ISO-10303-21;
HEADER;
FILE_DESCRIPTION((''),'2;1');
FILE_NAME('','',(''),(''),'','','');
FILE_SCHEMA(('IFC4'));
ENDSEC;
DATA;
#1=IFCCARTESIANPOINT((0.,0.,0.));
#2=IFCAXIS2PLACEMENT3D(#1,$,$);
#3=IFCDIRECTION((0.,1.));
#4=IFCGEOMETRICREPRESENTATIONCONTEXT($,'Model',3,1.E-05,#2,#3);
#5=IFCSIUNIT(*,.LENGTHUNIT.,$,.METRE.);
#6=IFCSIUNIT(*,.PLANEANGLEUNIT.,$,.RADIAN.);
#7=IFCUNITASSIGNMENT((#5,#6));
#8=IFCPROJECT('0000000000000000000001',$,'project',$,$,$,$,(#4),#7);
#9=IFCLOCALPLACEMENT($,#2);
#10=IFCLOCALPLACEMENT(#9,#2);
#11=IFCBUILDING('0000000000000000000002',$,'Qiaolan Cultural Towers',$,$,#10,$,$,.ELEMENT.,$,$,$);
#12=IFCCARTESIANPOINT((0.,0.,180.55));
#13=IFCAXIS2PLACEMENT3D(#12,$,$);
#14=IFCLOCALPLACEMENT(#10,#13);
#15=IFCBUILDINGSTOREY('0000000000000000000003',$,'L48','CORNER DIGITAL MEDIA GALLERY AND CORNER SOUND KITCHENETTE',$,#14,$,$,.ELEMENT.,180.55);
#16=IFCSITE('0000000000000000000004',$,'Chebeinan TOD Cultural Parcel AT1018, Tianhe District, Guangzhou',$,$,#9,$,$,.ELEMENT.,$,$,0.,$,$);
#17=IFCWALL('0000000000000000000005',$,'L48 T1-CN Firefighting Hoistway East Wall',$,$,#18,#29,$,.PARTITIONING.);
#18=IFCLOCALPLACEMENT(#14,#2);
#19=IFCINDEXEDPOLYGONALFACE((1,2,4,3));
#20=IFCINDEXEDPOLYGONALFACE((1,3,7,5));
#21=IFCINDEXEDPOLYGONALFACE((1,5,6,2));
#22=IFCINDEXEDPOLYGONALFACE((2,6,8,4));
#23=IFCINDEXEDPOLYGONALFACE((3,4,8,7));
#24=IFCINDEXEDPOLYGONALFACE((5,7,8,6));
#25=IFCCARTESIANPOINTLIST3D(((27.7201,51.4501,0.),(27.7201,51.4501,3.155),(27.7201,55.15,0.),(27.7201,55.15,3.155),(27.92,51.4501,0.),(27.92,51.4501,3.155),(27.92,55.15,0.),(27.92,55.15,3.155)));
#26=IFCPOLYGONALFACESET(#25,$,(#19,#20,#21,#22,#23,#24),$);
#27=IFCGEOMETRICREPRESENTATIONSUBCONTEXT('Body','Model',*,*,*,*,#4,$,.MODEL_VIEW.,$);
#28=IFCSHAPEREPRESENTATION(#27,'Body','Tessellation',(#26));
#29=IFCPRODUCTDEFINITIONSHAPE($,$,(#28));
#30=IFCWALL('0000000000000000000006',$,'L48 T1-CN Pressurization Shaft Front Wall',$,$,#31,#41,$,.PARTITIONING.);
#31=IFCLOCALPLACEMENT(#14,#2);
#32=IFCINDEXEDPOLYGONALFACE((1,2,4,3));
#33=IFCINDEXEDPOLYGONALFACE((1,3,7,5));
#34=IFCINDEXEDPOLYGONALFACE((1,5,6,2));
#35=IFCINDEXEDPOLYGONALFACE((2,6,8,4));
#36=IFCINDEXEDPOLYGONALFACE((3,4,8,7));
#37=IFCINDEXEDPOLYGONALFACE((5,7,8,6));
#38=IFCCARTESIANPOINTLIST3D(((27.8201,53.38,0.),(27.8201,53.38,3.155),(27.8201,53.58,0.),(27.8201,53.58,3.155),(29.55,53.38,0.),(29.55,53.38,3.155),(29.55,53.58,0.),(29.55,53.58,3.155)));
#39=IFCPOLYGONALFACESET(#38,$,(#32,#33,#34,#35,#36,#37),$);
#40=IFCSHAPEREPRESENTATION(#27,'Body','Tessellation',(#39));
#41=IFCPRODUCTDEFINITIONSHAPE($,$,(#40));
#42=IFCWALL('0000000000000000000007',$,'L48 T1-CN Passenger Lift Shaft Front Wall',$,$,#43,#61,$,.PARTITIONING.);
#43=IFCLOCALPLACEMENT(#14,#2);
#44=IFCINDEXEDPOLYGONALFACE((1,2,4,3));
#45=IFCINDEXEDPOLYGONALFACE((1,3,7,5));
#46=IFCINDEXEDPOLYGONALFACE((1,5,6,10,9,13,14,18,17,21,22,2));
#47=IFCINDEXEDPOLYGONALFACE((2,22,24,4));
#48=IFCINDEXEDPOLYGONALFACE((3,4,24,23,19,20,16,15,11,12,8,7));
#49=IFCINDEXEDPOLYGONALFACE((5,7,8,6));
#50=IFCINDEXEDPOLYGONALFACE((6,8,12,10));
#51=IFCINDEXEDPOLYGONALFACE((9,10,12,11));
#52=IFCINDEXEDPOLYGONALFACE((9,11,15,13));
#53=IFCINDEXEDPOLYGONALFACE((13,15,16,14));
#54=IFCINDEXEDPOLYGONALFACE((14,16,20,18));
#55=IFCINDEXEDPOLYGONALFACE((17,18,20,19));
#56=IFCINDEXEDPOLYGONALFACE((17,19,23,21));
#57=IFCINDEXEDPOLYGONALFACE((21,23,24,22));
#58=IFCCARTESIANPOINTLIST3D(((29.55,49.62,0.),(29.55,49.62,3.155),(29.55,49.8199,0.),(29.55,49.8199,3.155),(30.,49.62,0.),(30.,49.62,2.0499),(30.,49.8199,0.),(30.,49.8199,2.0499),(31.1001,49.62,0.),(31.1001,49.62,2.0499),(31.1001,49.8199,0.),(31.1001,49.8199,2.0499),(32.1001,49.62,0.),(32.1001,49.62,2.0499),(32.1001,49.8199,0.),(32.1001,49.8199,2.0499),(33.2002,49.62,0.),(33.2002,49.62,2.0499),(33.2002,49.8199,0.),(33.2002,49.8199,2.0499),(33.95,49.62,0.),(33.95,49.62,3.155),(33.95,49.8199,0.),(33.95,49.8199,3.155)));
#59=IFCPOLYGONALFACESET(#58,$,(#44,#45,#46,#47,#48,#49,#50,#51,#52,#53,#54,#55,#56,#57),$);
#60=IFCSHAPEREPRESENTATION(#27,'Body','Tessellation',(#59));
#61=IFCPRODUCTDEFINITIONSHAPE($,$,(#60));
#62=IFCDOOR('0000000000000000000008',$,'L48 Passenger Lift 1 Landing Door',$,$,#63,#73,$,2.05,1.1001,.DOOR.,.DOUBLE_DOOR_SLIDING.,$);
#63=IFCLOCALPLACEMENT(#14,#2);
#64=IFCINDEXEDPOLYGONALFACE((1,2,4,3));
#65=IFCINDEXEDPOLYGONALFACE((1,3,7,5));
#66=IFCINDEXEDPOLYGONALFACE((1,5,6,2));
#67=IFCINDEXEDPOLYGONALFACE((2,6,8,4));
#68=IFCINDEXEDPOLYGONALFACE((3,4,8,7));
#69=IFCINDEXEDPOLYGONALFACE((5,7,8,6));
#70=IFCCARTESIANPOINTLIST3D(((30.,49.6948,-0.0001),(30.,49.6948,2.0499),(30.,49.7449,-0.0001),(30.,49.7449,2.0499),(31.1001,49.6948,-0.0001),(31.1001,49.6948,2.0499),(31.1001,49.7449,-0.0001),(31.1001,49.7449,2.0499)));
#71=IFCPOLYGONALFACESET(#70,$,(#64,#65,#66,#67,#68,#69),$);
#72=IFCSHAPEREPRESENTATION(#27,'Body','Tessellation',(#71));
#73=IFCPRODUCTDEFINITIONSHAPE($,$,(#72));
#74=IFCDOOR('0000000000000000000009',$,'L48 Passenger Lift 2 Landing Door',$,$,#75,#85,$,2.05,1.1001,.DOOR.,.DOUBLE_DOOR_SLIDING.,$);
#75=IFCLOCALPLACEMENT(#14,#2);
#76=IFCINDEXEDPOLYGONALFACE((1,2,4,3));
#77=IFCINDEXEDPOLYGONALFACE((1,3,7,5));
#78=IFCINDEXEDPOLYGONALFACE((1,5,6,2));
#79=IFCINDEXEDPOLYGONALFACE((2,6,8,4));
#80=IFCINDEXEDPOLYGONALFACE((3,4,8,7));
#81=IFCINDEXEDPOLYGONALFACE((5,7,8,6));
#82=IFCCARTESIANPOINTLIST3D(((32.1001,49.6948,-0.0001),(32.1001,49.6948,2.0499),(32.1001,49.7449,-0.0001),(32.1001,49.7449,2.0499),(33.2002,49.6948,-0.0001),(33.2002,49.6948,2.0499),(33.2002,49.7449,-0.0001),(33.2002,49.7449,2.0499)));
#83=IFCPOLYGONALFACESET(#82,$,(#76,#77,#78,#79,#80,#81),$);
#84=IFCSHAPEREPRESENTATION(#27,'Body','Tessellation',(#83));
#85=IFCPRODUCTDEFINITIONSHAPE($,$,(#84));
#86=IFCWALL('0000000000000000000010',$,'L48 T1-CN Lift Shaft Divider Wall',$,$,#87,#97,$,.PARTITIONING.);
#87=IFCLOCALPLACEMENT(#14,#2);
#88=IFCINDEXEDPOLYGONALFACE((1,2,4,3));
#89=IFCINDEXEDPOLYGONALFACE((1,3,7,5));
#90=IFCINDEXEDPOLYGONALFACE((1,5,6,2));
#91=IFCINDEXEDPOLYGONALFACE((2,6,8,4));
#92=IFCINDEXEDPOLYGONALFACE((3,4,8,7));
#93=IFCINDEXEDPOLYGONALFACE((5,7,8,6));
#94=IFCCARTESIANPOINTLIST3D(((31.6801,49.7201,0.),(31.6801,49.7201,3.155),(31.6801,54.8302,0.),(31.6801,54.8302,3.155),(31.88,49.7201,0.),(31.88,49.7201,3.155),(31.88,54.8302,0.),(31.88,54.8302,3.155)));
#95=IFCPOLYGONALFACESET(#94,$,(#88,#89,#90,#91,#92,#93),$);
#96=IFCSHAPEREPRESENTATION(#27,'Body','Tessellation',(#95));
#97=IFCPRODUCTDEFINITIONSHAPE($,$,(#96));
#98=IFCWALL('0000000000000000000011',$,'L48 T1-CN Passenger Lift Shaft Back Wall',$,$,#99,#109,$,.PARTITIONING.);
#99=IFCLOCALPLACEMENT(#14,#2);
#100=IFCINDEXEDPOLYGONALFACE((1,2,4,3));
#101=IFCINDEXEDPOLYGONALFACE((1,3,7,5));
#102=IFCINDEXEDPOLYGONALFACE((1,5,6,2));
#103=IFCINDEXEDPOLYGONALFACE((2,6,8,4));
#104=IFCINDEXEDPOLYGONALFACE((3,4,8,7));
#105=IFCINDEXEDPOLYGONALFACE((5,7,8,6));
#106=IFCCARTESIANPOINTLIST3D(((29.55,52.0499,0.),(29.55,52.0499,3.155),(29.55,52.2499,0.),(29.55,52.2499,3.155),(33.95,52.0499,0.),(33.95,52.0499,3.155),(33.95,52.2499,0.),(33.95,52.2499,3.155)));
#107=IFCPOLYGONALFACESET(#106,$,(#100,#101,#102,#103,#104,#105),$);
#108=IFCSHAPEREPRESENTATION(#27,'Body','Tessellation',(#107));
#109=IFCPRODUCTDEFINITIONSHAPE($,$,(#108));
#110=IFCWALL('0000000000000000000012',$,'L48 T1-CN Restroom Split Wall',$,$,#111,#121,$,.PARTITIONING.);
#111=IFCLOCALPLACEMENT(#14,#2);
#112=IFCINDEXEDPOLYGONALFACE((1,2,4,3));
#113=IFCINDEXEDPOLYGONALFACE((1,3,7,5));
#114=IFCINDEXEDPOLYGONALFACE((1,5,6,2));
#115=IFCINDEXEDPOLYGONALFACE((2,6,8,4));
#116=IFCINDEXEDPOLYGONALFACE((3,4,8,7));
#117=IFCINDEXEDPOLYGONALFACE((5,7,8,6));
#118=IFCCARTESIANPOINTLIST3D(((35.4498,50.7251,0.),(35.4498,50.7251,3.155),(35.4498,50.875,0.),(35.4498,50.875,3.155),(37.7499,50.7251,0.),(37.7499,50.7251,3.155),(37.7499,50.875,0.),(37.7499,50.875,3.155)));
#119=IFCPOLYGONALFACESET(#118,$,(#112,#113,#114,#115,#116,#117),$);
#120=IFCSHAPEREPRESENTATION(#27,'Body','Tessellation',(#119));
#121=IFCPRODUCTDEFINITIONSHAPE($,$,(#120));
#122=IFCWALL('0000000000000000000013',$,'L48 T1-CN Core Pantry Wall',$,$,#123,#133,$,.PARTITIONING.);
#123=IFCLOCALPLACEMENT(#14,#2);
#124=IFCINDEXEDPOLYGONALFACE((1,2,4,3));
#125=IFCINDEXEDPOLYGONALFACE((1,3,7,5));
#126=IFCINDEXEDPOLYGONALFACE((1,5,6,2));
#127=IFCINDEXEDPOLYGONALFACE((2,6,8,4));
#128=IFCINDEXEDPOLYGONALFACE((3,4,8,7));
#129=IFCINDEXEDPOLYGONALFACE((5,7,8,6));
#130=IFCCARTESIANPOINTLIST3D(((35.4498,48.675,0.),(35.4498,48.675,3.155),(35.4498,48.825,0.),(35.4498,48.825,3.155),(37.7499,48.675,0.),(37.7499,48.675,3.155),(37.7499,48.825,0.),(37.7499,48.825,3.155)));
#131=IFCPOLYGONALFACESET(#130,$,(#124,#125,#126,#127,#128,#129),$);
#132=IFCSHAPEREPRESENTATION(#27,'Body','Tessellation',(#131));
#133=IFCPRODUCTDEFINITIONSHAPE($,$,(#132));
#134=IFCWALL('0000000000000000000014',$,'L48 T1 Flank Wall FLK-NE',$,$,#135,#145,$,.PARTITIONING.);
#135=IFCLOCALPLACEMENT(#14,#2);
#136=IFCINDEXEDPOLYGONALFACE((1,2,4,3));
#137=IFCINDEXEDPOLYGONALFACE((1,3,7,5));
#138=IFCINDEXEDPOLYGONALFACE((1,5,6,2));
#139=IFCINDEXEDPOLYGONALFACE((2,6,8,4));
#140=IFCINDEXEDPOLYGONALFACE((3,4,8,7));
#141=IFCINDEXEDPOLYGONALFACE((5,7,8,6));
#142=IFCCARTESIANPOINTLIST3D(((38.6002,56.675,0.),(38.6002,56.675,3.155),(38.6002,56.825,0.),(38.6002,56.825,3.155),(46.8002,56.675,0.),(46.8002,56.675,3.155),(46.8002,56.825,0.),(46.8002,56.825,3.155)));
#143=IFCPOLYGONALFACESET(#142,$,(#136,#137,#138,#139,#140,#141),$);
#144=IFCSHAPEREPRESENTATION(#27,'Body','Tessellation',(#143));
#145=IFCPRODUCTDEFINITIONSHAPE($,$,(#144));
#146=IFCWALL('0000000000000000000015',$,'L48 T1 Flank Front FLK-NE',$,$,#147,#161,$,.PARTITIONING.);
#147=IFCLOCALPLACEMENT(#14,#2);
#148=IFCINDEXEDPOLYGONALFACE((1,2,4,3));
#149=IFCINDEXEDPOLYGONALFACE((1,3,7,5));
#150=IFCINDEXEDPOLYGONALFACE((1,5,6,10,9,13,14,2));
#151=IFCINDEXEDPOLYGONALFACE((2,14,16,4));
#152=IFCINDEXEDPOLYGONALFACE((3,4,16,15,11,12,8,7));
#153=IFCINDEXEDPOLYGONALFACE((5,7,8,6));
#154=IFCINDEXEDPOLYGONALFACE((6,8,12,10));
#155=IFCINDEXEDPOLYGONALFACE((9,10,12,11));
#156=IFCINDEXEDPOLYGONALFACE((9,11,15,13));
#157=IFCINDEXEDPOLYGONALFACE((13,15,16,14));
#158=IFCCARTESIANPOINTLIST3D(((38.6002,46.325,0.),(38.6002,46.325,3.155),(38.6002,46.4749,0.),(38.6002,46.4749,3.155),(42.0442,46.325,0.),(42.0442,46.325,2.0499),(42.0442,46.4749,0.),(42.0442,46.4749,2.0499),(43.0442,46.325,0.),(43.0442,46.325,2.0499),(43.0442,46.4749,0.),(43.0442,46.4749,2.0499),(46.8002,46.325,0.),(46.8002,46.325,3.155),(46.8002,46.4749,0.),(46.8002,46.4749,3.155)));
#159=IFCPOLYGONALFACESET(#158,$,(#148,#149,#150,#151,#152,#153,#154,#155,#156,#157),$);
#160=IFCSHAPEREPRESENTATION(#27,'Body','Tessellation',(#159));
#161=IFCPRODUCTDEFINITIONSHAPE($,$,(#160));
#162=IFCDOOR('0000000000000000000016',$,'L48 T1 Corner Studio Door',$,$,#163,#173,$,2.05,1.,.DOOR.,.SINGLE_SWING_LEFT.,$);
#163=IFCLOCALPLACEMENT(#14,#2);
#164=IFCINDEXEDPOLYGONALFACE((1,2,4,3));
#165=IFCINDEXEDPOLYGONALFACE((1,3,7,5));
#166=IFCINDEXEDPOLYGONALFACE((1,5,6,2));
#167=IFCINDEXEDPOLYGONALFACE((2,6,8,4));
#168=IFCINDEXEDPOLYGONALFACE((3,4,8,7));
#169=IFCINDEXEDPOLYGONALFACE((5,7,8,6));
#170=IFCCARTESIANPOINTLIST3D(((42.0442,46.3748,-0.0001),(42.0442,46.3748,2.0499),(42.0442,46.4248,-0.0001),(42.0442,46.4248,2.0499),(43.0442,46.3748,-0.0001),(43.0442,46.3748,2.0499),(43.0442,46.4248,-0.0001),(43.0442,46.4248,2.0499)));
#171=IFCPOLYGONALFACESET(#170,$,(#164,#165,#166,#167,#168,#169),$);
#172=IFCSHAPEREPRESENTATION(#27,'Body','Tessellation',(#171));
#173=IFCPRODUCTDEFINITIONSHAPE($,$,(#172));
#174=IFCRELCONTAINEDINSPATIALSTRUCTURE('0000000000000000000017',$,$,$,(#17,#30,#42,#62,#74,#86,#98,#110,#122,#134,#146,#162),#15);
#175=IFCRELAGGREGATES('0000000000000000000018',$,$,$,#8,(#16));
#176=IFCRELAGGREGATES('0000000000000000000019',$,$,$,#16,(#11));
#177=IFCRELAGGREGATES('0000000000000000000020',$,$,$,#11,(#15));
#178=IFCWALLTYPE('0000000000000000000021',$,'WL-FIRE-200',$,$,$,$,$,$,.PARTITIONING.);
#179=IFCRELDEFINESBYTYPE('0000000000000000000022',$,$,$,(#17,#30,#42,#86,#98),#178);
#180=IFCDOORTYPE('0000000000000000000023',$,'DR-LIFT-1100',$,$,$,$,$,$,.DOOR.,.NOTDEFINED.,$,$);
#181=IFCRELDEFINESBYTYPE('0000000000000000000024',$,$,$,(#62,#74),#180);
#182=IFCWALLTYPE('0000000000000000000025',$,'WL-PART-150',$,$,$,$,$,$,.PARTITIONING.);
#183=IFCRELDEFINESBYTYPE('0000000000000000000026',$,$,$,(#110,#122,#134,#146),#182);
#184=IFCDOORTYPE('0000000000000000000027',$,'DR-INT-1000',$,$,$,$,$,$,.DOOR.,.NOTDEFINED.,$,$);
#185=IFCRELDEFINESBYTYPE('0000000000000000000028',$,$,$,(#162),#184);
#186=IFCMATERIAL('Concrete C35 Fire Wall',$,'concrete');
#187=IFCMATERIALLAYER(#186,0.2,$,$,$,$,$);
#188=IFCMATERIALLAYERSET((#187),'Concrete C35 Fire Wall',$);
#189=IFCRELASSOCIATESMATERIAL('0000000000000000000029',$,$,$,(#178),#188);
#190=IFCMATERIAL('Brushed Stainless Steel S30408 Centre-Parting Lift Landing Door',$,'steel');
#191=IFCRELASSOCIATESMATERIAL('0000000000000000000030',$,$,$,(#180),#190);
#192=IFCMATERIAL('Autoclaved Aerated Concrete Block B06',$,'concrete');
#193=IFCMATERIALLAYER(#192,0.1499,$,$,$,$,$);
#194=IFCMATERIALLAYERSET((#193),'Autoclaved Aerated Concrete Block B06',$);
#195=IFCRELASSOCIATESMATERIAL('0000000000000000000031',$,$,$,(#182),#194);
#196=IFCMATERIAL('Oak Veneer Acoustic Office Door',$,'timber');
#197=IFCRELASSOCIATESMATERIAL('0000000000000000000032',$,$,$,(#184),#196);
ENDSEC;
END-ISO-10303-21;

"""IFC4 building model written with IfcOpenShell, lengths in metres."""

from ifc_helpers import new_model, si_unit, direction, frame, frame_2d, origin, place, context, subcontext, project, spatial, rectangle, extrude, material, layer, layer_set, type_object, element, fill, save


model = new_model("IFC4")

# Units and contexts
model_context = context("Model", 3, precision=1e-05, world=origin(), true_north=direction((0.0, 1.0)))
body_context = subcontext(model_context, "Body", "Model", "MODEL_VIEW")
ifc_project = project(units=[si_unit("LENGTHUNIT", "METRE"), si_unit("PLANEANGLEUNIT", "RADIAN")], contexts=[model_context])

# Site, building, storey
site_placement = place(None, origin())
site = spatial("IfcSite", under=ifc_project, at=site_placement, Name="Chebeinan TOD Cultural Parcel AT1018, Tianhe District, Guangzhou", CompositionType="ELEMENT", RefElevation=0.0)
building_placement = place(site_placement, origin())
building = spatial("IfcBuilding", under=site, at=building_placement, Name="Qiaolan Cultural Towers", CompositionType="ELEMENT")
storey_placement = place(building_placement, frame((0.0, 0.0, 180.55)))
storey = spatial("IfcBuildingStorey", under=building, at=storey_placement, Name="L48", Description="CORNER DIGITAL MEDIA GALLERY AND CORNER SOUND KITCHENETTE", CompositionType="ELEMENT", Elevation=180.55)

# Shared definitions
ifc_material_1 = material(Name="Concrete C35 Fire Wall", Category="concrete")
ifc_layer_1 = layer(ifc_material_1, 0.2)
ifc_layer_set_1 = layer_set([ifc_layer_1], Name="Concrete C35 Fire Wall")
wall_type_1 = type_object("IfcWallType", Name="WL-FIRE-200", PredefinedType="PARTITIONING", material=ifc_layer_set_1)
ifc_material_2 = material(Name="Brushed Stainless Steel S30408 Centre-Parting Lift Landing Door", Category="steel")
door_type_1 = type_object("IfcDoorType", Name="DR-LIFT-1100", OperationType="NOTDEFINED", PredefinedType="DOOR", material=ifc_material_2)

# Walls
wall_1_placement = place(storey_placement, frame((27.8201, 51.45, 0.0), z_axis=(0.0, 0.0, 1.0), x_axis=(0.0, 1.0, 0.0)))
element("IfcWall", 1, at=wall_1_placement, inside=storey, type_object=wall_type_1, Name="L48 T1-CN Firefighting Hoistway East Wall", PredefinedType="PARTITIONING", context=body_context, shape_type="SweptSolid", body=[
    extrude(rectangle(XDim=3.7, YDim=0.2, at=frame_2d((1.8501, 0.0))), origin(), (0.0, 0.0, 1.0), 3.155),
])
wall_2_placement = place(storey_placement, frame((27.8201, 53.48, 0.0), z_axis=(0.0, 0.0, 1.0), x_axis=(1.0, 0.0, 0.0)))
element("IfcWall", 2, at=wall_2_placement, inside=storey, type_object=wall_type_1, Name="L48 T1-CN Pressurization Shaft Front Wall", PredefinedType="PARTITIONING", context=body_context, shape_type="SweptSolid", body=[
    extrude(rectangle(XDim=1.73, YDim=0.2, at=frame_2d((0.865, 0.0))), origin(), (0.0, 0.0, 1.0), 3.155),
])

# Wall, openings, doors
wall_3_placement = place(storey_placement, frame((29.55, 49.72, 0.0), z_axis=(0.0, 0.0, 1.0), x_axis=(1.0, 0.0, 0.0)))
wall_3 = element("IfcWall", 3, at=wall_3_placement, inside=storey, type_object=wall_type_1, Name="L48 T1-CN Passenger Lift Shaft Front Wall", PredefinedType="PARTITIONING", context=body_context, shape_type="SweptSolid", body=[
    extrude(rectangle(XDim=4.3999, YDim=0.2, at=frame_2d((2.2, 0.0))), origin(), (0.0, 0.0, 1.0), 3.155),
])
opening_1_placement = place(wall_3_placement, frame((0.45, 0.0, 0.0)))
opening_1 = element("IfcOpeningElement", 4, at=opening_1_placement, cuts=wall_3, PredefinedType="OPENING", context=body_context, shape_type="SweptSolid", body=[
    extrude(rectangle(XDim=1.1001, YDim=2.05, at=frame_2d((0.55, 1.0249))), frame((0.0, 0.1099, 0.0), z_axis=(0.0, -1.0, 0.0), x_axis=(1.0, 0.0, 0.0)), (0.0, 0.0, 1.0), 0.22),
])
opening_2_placement = place(wall_3_placement, frame((2.55, 0.0, 0.0)))
opening_2 = element("IfcOpeningElement", 5, at=opening_2_placement, cuts=wall_3, PredefinedType="OPENING", context=body_context, shape_type="SweptSolid", body=[
    extrude(rectangle(XDim=1.1001, YDim=2.05, at=frame_2d((0.55, 1.0249))), frame((0.0, 0.1099, 0.0), z_axis=(0.0, -1.0, 0.0), x_axis=(1.0, 0.0, 0.0)), (0.0, 0.0, 1.0), 0.22),
])
door_1_placement = place(opening_1_placement, origin())
door_1 = element("IfcDoor", 6, at=door_1_placement, inside=storey, type_object=door_type_1, Name="L48 Passenger Lift 1 Landing Door", OperationType="DOUBLE_DOOR_SLIDING", OverallHeight=2.05, OverallWidth=1.1001, PredefinedType="DOOR", context=body_context, shape_type="SweptSolid", body=[
    extrude(rectangle(XDim=1.1001, YDim=2.05, at=frame_2d((0.55, 1.0249))), frame((0.0, 0.0249, 0.0), z_axis=(0.0, -1.0, 0.0), x_axis=(1.0, 0.0, 0.0)), (0.0, 0.0, 1.0), 0.05),
])
fill(opening_1, door_1)
door_2_placement = place(opening_2_placement, origin())
door_2 = element("IfcDoor", 7, at=door_2_placement, inside=storey, type_object=door_type_1, Name="L48 Passenger Lift 2 Landing Door", OperationType="DOUBLE_DOOR_SLIDING", OverallHeight=2.05, OverallWidth=1.1001, PredefinedType="DOOR", context=body_context, shape_type="SweptSolid", body=[
    extrude(rectangle(XDim=1.1001, YDim=2.05, at=frame_2d((0.55, 1.0249))), frame((0.0, 0.0249, 0.0), z_axis=(0.0, -1.0, 0.0), x_axis=(1.0, 0.0, 0.0)), (0.0, 0.0, 1.0), 0.05),
])
fill(opening_2, door_2)

# Walls
wall_4_placement = place(storey_placement, frame((31.78, 49.72, 0.0), z_axis=(0.0, 0.0, 1.0), x_axis=(0.0, 1.0, 0.0)))
element("IfcWall", 8, at=wall_4_placement, inside=storey, type_object=wall_type_1, Name="L48 T1-CN Lift Shaft Divider Wall", PredefinedType="PARTITIONING", context=body_context, shape_type="SweptSolid", body=[
    extrude(rectangle(XDim=5.1101, YDim=0.2, at=frame_2d((2.5552, 0.0))), origin(), (0.0, 0.0, 1.0), 3.155),
])
wall_5_placement = place(storey_placement, frame((29.55, 52.1499, 0.0), z_axis=(0.0, 0.0, 1.0), x_axis=(1.0, 0.0, 0.0)))
element("IfcWall", 9, at=wall_5_placement, inside=storey, type_object=wall_type_1, Name="L48 T1-CN Passenger Lift Shaft Back Wall", PredefinedType="PARTITIONING", context=body_context, shape_type="SweptSolid", body=[
    extrude(rectangle(XDim=4.3999, YDim=0.2, at=frame_2d((2.2, 0.0))), origin(), (0.0, 0.0, 1.0), 3.155),
])
ifc_material_3 = material(Name="Autoclaved Aerated Concrete Block B06", Category="concrete")
ifc_layer_2 = layer(ifc_material_3, 0.1499)
ifc_layer_set_2 = layer_set([ifc_layer_2], Name="Autoclaved Aerated Concrete Block B06")
wall_type_2 = type_object("IfcWallType", Name="WL-PART-150", PredefinedType="PARTITIONING", material=ifc_layer_set_2)
for number, where, z_axis, x_axis, name in (
    (10, (35.45, 50.8, 0.0), (0.0, 0.0, 1.0), (1.0, 0.0, 0.0), "L48 T1-CN Restroom Split Wall"),
    (11, (35.45, 48.75, 0.0), (0.0, 0.0, 1.0), (1.0, 0.0, 0.0), "L48 T1-CN Core Pantry Wall"),
):
    element("IfcWall", number, at=place(storey_placement, frame(where, z_axis=z_axis, x_axis=x_axis)), inside=storey, type_object=wall_type_2, Name=name, PredefinedType="PARTITIONING", context=body_context, shape_type="SweptSolid", body=[
        extrude(rectangle(XDim=2.3, YDim=0.1499, at=frame_2d((1.1499, 0.0))), origin(), (0.0, 0.0, 1.0), 3.155),
    ])
wall_6_placement = place(storey_placement, frame((38.6001, 56.75, 0.0), z_axis=(0.0, 0.0, 1.0), x_axis=(1.0, 0.0, 0.0)))
element("IfcWall", 12, at=wall_6_placement, inside=storey, type_object=wall_type_2, Name="L48 T1 Flank Wall FLK-NE", PredefinedType="PARTITIONING", context=body_context, shape_type="SweptSolid", body=[
    extrude(rectangle(XDim=8.2, YDim=0.1499, at=frame_2d((4.1001, 0.0))), origin(), (0.0, 0.0, 1.0), 3.155),
])

# Wall, opening, door
wall_7_placement = place(storey_placement, frame((38.6001, 46.3999, 0.0), z_axis=(0.0, 0.0, 1.0), x_axis=(1.0, 0.0, 0.0)))
wall_7 = element("IfcWall", 13, at=wall_7_placement, inside=storey, type_object=wall_type_2, Name="L48 T1 Flank Front FLK-NE", PredefinedType="PARTITIONING", context=body_context, shape_type="SweptSolid", body=[
    extrude(rectangle(XDim=8.2, YDim=0.1499, at=frame_2d((4.1001, 0.0))), origin(), (0.0, 0.0, 1.0), 3.155),
])
opening_3_placement = place(wall_7_placement, frame((3.4441, 0.0, 0.0)))
opening_3 = element("IfcOpeningElement", 14, at=opening_3_placement, cuts=wall_7, PredefinedType="OPENING", context=body_context, shape_type="SweptSolid", body=[
    extrude(rectangle(XDim=1.0, YDim=2.05, at=frame_2d((0.5, 1.0249))), frame((0.0, 0.085, 0.0), z_axis=(0.0, -1.0, 0.0), x_axis=(1.0, 0.0, 0.0)), (0.0, 0.0, 1.0), 0.1699),
])
ifc_material_4 = material(Name="Oak Veneer Acoustic Office Door", Category="timber")
door_type_2 = type_object("IfcDoorType", Name="DR-INT-1000", OperationType="NOTDEFINED", PredefinedType="DOOR", material=ifc_material_4)
door_3_placement = place(opening_3_placement, origin())
door_3 = element("IfcDoor", 15, at=door_3_placement, inside=storey, type_object=door_type_2, Name="L48 T1 Corner Studio Door", OperationType="SINGLE_SWING_LEFT", OverallHeight=2.05, OverallWidth=1.0, PredefinedType="DOOR", context=body_context, shape_type="SweptSolid", body=[
    extrude(rectangle(XDim=1.0, YDim=2.05, at=frame_2d((0.5, 1.0249))), frame((0.0, 0.0249, 0.0), z_axis=(0.0, -1.0, 0.0), x_axis=(1.0, 0.0, 0.0)), (0.0, 0.0, 1.0), 0.05),
])
fill(opening_3, door_3)

save(model, "model.ifc")
